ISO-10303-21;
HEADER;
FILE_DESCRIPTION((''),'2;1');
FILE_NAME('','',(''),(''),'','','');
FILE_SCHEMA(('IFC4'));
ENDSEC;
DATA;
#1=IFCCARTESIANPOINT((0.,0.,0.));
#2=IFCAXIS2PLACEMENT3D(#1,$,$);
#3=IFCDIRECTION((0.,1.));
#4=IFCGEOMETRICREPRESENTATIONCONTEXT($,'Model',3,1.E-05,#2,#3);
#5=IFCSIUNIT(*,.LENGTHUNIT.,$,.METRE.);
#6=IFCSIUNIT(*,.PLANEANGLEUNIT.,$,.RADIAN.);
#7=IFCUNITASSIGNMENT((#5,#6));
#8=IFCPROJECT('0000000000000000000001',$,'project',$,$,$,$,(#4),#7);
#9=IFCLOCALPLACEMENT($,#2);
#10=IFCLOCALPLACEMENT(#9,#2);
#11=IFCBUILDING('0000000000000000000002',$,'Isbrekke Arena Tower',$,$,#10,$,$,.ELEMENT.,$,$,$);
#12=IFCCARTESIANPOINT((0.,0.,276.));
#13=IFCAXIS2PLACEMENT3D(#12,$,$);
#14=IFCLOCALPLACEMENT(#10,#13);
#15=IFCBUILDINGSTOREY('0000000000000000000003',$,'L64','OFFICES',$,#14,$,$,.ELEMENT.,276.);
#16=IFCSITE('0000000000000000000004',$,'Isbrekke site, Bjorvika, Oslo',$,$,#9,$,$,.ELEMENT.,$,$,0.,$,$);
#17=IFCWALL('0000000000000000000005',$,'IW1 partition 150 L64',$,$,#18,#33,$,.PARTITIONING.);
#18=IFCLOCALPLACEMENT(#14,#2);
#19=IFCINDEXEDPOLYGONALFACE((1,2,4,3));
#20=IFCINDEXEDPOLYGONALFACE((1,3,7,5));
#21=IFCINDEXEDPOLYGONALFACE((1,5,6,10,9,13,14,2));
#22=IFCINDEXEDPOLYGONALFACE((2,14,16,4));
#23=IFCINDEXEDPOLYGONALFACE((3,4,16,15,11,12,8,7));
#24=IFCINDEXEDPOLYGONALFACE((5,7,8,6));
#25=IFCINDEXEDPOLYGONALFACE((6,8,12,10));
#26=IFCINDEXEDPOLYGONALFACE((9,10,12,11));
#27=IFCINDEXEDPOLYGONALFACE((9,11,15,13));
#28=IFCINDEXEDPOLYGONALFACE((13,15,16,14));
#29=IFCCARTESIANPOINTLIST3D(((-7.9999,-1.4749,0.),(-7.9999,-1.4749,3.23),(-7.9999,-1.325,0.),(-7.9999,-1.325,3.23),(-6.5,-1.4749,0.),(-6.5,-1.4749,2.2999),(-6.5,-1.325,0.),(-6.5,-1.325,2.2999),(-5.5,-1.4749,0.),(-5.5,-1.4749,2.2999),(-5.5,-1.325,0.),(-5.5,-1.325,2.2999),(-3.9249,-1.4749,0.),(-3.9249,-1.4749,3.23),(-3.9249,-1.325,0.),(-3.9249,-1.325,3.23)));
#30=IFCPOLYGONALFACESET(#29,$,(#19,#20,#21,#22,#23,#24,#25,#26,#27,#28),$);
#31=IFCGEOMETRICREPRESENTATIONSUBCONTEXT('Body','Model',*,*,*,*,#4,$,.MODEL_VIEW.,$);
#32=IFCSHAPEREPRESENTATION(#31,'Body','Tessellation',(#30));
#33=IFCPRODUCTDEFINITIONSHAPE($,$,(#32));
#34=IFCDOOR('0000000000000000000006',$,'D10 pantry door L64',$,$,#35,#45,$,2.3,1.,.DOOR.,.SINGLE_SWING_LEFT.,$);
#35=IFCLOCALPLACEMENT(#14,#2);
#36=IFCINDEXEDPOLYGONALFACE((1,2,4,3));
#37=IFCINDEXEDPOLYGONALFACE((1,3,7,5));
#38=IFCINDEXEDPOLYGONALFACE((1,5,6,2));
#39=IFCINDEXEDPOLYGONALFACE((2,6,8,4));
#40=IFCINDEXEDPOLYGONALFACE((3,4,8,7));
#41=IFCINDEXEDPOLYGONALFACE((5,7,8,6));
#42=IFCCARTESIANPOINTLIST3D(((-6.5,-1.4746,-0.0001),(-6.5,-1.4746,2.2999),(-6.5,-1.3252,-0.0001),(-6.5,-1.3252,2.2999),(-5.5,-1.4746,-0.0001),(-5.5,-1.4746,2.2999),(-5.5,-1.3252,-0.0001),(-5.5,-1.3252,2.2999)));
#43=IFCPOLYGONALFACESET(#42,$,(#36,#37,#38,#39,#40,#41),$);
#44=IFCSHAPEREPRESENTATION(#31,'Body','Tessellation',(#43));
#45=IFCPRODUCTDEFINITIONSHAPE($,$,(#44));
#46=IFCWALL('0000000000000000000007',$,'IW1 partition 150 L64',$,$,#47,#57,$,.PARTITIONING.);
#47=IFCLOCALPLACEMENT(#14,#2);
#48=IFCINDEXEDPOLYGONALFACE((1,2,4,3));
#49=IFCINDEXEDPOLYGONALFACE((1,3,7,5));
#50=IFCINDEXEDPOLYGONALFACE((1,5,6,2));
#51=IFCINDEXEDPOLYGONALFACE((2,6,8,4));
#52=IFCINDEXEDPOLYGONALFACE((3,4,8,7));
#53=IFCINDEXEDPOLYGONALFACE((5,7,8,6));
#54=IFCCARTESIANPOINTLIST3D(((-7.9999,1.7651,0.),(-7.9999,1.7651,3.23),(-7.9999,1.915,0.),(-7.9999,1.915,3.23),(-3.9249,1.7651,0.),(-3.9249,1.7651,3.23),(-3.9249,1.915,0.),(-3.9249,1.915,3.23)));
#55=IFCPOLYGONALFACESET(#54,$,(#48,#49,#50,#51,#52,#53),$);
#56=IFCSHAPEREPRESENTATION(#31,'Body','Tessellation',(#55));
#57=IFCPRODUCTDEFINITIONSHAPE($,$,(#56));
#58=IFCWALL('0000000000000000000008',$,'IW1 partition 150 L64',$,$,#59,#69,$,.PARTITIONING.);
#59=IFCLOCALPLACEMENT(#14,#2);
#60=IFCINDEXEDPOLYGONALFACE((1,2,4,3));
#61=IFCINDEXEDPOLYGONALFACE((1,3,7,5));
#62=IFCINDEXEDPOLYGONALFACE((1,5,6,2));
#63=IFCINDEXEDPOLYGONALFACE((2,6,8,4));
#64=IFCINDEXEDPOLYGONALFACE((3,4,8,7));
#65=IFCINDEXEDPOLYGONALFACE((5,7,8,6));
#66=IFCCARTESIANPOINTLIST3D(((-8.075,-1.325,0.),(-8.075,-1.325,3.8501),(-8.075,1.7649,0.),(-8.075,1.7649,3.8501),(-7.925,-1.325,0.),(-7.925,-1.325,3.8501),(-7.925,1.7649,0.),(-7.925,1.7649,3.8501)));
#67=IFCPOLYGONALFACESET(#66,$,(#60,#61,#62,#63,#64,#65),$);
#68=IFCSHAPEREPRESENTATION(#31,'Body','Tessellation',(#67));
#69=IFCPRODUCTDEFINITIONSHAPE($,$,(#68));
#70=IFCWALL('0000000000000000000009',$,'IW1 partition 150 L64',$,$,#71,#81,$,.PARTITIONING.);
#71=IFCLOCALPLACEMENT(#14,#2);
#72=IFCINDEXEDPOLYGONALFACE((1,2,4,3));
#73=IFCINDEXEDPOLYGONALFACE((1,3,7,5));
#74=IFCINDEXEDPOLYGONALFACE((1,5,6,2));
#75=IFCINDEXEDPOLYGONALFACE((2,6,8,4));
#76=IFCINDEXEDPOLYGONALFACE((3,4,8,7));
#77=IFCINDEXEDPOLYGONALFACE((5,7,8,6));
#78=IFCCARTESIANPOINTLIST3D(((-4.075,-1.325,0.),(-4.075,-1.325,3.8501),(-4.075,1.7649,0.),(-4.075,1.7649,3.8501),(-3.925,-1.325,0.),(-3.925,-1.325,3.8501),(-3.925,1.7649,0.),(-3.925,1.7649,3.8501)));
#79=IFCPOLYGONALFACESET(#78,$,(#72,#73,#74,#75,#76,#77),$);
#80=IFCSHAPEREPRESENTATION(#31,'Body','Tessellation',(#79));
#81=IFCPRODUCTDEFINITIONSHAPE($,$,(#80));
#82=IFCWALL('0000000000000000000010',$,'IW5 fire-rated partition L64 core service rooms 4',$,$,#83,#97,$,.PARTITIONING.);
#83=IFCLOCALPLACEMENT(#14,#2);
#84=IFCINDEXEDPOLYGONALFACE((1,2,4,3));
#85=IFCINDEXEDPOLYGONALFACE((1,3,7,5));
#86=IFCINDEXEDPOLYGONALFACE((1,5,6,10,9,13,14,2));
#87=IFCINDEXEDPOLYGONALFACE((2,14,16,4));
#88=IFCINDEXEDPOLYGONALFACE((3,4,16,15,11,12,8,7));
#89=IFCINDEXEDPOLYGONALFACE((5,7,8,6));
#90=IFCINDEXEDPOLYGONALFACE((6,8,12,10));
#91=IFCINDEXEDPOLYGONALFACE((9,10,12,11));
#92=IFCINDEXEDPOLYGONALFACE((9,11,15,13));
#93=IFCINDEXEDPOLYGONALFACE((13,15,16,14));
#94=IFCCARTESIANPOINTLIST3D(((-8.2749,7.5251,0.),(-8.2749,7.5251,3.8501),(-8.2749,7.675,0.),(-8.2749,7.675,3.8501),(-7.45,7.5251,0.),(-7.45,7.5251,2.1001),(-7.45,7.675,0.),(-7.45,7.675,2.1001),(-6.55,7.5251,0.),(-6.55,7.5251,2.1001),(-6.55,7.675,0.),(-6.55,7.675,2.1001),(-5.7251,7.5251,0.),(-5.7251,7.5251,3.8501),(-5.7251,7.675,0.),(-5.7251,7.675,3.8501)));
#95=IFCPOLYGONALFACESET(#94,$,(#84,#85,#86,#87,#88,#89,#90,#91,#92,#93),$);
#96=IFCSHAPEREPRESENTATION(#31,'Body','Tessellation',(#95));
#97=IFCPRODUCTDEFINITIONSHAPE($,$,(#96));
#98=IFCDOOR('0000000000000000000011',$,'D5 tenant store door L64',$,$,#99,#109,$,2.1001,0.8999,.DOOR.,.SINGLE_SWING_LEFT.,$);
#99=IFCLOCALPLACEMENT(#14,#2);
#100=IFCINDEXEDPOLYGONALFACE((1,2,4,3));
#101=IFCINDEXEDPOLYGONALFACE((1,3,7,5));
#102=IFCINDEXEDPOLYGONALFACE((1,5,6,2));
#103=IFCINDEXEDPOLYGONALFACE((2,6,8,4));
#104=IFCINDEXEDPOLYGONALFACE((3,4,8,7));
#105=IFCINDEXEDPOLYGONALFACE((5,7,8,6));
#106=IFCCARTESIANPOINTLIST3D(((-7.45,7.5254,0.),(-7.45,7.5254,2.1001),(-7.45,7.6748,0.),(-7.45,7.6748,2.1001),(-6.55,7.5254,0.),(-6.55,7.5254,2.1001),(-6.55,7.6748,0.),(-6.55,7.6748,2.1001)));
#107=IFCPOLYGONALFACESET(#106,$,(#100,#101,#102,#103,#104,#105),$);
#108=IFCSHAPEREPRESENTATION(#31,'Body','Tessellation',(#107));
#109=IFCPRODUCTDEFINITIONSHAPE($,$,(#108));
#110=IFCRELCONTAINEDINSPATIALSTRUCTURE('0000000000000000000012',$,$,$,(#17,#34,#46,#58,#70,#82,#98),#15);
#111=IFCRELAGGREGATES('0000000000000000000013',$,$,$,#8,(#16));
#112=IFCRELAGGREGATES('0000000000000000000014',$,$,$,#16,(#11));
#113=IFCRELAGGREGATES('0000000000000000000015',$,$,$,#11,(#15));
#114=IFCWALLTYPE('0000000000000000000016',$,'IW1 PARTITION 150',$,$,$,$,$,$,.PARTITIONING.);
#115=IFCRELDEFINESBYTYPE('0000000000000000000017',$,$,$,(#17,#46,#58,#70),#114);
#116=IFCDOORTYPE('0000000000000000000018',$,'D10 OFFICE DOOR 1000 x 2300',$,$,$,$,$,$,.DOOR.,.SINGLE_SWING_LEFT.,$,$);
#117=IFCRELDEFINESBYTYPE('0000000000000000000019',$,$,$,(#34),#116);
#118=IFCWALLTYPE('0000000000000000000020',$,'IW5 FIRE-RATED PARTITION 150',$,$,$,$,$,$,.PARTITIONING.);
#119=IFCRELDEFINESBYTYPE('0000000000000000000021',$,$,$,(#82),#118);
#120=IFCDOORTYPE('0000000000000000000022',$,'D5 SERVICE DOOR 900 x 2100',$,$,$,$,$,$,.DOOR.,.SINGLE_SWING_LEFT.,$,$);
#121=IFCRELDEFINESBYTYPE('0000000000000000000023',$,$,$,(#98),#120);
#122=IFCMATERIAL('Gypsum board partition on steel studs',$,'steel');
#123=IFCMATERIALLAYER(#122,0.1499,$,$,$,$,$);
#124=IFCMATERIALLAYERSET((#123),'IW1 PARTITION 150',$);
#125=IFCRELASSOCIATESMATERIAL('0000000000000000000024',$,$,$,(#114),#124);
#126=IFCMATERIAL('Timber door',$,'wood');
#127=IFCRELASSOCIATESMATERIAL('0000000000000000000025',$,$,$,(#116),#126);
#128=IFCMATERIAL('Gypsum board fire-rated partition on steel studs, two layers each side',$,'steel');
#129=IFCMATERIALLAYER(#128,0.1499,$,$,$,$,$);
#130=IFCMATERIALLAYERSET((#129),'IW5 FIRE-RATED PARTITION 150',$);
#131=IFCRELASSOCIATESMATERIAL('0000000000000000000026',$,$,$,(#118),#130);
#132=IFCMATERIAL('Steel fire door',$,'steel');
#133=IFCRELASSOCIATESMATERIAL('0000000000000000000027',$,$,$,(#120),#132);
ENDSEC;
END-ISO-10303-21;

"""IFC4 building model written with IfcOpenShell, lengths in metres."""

from ifc_helpers import new_model, si_unit, direction, frame, frame_2d, origin, place, context, subcontext, project, spatial, rectangle, extrude, material, layer, layer_set, type_object, element, fill, save


model = new_model("IFC4")

# Units and contexts
model_context = context("Model", 3, precision=1e-05, world=origin(), true_north=direction((0.0, 1.0)))
body_context = subcontext(model_context, "Body", "Model", "MODEL_VIEW")
ifc_project = project(units=[si_unit("LENGTHUNIT", "METRE"), si_unit("PLANEANGLEUNIT", "RADIAN")], contexts=[model_context])

# Site, building, storey
site_placement = place(None, origin())
site = spatial("IfcSite", under=ifc_project, at=site_placement, Name="Isbrekke site, Bjorvika, Oslo", CompositionType="ELEMENT", RefElevation=0.0)
building_placement = place(site_placement, origin())
building = spatial("IfcBuilding", under=site, at=building_placement, Name="Isbrekke Arena Tower", CompositionType="ELEMENT")
storey_placement = place(building_placement, frame((0.0, 0.0, 276.0)))
storey = spatial("IfcBuildingStorey", under=building, at=storey_placement, Name="L64", Description="OFFICES", CompositionType="ELEMENT", Elevation=276.0)

# Wall, opening, door
ifc_material_1 = material(Name="Gypsum board partition on steel studs", Category="steel")
ifc_layer_1 = layer(ifc_material_1, 0.1499)
ifc_layer_set_1 = layer_set([ifc_layer_1], Name="IW1 PARTITION 150")
wall_type_1 = type_object("IfcWallType", Name="IW1 PARTITION 150", PredefinedType="PARTITIONING", material=ifc_layer_set_1)
wall_1_placement = place(storey_placement, frame((-8.0, -1.3999, 0.0), z_axis=(0.0, 0.0, 1.0), x_axis=(1.0, 0.0, 0.0)))
wall_1 = element("IfcWall", 1, at=wall_1_placement, inside=storey, type_object=wall_type_1, Name="IW1 partition 150 L64", PredefinedType="PARTITIONING", context=body_context, shape_type="SweptSolid", body=[
    extrude(rectangle(XDim=4.075, YDim=0.1499, at=frame_2d((2.0376, 0.0))), origin(), (0.0, 0.0, 1.0), 3.23),
])
opening_1_placement = place(wall_1_placement, frame((1.5, 0.0, 0.0)))
opening_1 = element("IfcOpeningElement", 2, at=opening_1_placement, cuts=wall_1, PredefinedType="OPENING", context=body_context, shape_type="SweptSolid", body=[
    extrude(rectangle(XDim=1.0, YDim=2.3, at=frame_2d((0.5, 1.1499))), frame((0.0, 0.0898, 0.0), z_axis=(0.0, -1.0, 0.0), x_axis=(1.0, 0.0, 0.0)), (0.0, 0.0, 1.0), 0.1797),
])
ifc_material_2 = material(Name="Timber door", Category="wood")
door_type_1 = type_object("IfcDoorType", Name="D10 OFFICE DOOR 1000 x 2300", OperationType="SINGLE_SWING_LEFT", PredefinedType="DOOR", material=ifc_material_2)
door_1_placement = place(opening_1_placement, origin())
door_1 = element("IfcDoor", 3, at=door_1_placement, inside=storey, type_object=door_type_1, Name="D10 pantry door L64", OperationType="SINGLE_SWING_LEFT", OverallHeight=2.3, OverallWidth=1.0, PredefinedType="DOOR", context=body_context, shape_type="SweptSolid", body=[
    extrude(rectangle(XDim=1.0, YDim=2.3, at=frame_2d((0.5, 1.1499))), frame((0.0, 0.0747, 0.0), z_axis=(0.0, -1.0, 0.0), x_axis=(1.0, 0.0, 0.0)), (0.0, 0.0, 1.0), 0.1494),
])
fill(opening_1, door_1)

# Walls
wall_2_placement = place(storey_placement, frame((-8.0, 1.8401, 0.0), z_axis=(0.0, 0.0, 1.0), x_axis=(1.0, 0.0, 0.0)))
element("IfcWall", 4, at=wall_2_placement, inside=storey, type_object=wall_type_1, Name="IW1 partition 150 L64", PredefinedType="PARTITIONING", context=body_context, shape_type="SweptSolid", body=[
    extrude(rectangle(XDim=4.075, YDim=0.1499, at=frame_2d((2.0376, 0.0))), origin(), (0.0, 0.0, 1.0), 3.23),
])
for number, where, z_axis, x_axis, name in (
    (5, (-8.0, -1.325, 0.0), (0.0, 0.0, 1.0), (0.0, 1.0, 0.0), "IW1 partition 150 L64"),
    (6, (-4.0, -1.325, 0.0), (0.0, 0.0, 1.0), (0.0, 1.0, 0.0), "IW1 partition 150 L64"),
):
    element("IfcWall", number, at=place(storey_placement, frame(where, z_axis=z_axis, x_axis=x_axis)), inside=storey, type_object=wall_type_1, Name=name, PredefinedType="PARTITIONING", context=body_context, shape_type="SweptSolid", body=[
        extrude(rectangle(XDim=3.0898, YDim=0.1499, at=frame_2d((1.5449, 0.0))), origin(), (0.0, 0.0, 1.0), 3.8501),
    ])

# Wall, opening, door
ifc_material_3 = material(Name="Gypsum board fire-rated partition on steel studs, two layers each side", Category="steel")
ifc_layer_2 = layer(ifc_material_3, 0.1499)
ifc_layer_set_2 = layer_set([ifc_layer_2], Name="IW5 FIRE-RATED PARTITION 150")
wall_type_2 = type_object("IfcWallType", Name="IW5 FIRE-RATED PARTITION 150", PredefinedType="PARTITIONING", material=ifc_layer_set_2)
wall_3_placement = place(storey_placement, frame((-8.2749, 7.6001, 0.0), z_axis=(0.0, 0.0, 1.0), x_axis=(1.0, 0.0, 0.0)))
wall_3 = element("IfcWall", 7, at=wall_3_placement, inside=storey, type_object=wall_type_2, Name="IW5 fire-rated partition L64 core service rooms 4", PredefinedType="PARTITIONING", context=body_context, shape_type="SweptSolid", body=[
    extrude(rectangle(XDim=2.5498, YDim=0.1499, at=frame_2d((1.2749, 0.0))), origin(), (0.0, 0.0, 1.0), 3.8501),
])
opening_2_placement = place(wall_3_placement, frame((0.825, 0.0, 0.0)))
opening_2 = element("IfcOpeningElement", 8, at=opening_2_placement, cuts=wall_3, PredefinedType="OPENING", context=body_context, shape_type="SweptSolid", body=[
    extrude(rectangle(XDim=0.8999, YDim=2.1001, at=frame_2d((0.45, 1.05))), frame((0.0, 0.0898, 0.0), z_axis=(0.0, -1.0, 0.0), x_axis=(1.0, 0.0, 0.0)), (0.0, 0.0, 1.0), 0.1797),
])
ifc_material_4 = material(Name="Steel fire door", Category="steel")
door_type_2 = type_object("IfcDoorType", Name="D5 SERVICE DOOR 900 x 2100", OperationType="SINGLE_SWING_LEFT", PredefinedType="DOOR", material=ifc_material_4)
door_2_placement = place(opening_2_placement, origin())
door_2 = element("IfcDoor", 9, at=door_2_placement, inside=storey, type_object=door_type_2, Name="D5 tenant store door L64", OperationType="SINGLE_SWING_LEFT", OverallHeight=2.1001, OverallWidth=0.8999, PredefinedType="DOOR", context=body_context, shape_type="SweptSolid", body=[
    extrude(rectangle(XDim=0.8999, YDim=2.1001, at=frame_2d((0.45, 1.05))), frame((0.0, 0.0747, 0.0), z_axis=(0.0, -1.0, 0.0), x_axis=(1.0, 0.0, 0.0)), (0.0, 0.0, 1.0), 0.1494),
])
fill(opening_2, door_2)

save(model, "model.ifc")
